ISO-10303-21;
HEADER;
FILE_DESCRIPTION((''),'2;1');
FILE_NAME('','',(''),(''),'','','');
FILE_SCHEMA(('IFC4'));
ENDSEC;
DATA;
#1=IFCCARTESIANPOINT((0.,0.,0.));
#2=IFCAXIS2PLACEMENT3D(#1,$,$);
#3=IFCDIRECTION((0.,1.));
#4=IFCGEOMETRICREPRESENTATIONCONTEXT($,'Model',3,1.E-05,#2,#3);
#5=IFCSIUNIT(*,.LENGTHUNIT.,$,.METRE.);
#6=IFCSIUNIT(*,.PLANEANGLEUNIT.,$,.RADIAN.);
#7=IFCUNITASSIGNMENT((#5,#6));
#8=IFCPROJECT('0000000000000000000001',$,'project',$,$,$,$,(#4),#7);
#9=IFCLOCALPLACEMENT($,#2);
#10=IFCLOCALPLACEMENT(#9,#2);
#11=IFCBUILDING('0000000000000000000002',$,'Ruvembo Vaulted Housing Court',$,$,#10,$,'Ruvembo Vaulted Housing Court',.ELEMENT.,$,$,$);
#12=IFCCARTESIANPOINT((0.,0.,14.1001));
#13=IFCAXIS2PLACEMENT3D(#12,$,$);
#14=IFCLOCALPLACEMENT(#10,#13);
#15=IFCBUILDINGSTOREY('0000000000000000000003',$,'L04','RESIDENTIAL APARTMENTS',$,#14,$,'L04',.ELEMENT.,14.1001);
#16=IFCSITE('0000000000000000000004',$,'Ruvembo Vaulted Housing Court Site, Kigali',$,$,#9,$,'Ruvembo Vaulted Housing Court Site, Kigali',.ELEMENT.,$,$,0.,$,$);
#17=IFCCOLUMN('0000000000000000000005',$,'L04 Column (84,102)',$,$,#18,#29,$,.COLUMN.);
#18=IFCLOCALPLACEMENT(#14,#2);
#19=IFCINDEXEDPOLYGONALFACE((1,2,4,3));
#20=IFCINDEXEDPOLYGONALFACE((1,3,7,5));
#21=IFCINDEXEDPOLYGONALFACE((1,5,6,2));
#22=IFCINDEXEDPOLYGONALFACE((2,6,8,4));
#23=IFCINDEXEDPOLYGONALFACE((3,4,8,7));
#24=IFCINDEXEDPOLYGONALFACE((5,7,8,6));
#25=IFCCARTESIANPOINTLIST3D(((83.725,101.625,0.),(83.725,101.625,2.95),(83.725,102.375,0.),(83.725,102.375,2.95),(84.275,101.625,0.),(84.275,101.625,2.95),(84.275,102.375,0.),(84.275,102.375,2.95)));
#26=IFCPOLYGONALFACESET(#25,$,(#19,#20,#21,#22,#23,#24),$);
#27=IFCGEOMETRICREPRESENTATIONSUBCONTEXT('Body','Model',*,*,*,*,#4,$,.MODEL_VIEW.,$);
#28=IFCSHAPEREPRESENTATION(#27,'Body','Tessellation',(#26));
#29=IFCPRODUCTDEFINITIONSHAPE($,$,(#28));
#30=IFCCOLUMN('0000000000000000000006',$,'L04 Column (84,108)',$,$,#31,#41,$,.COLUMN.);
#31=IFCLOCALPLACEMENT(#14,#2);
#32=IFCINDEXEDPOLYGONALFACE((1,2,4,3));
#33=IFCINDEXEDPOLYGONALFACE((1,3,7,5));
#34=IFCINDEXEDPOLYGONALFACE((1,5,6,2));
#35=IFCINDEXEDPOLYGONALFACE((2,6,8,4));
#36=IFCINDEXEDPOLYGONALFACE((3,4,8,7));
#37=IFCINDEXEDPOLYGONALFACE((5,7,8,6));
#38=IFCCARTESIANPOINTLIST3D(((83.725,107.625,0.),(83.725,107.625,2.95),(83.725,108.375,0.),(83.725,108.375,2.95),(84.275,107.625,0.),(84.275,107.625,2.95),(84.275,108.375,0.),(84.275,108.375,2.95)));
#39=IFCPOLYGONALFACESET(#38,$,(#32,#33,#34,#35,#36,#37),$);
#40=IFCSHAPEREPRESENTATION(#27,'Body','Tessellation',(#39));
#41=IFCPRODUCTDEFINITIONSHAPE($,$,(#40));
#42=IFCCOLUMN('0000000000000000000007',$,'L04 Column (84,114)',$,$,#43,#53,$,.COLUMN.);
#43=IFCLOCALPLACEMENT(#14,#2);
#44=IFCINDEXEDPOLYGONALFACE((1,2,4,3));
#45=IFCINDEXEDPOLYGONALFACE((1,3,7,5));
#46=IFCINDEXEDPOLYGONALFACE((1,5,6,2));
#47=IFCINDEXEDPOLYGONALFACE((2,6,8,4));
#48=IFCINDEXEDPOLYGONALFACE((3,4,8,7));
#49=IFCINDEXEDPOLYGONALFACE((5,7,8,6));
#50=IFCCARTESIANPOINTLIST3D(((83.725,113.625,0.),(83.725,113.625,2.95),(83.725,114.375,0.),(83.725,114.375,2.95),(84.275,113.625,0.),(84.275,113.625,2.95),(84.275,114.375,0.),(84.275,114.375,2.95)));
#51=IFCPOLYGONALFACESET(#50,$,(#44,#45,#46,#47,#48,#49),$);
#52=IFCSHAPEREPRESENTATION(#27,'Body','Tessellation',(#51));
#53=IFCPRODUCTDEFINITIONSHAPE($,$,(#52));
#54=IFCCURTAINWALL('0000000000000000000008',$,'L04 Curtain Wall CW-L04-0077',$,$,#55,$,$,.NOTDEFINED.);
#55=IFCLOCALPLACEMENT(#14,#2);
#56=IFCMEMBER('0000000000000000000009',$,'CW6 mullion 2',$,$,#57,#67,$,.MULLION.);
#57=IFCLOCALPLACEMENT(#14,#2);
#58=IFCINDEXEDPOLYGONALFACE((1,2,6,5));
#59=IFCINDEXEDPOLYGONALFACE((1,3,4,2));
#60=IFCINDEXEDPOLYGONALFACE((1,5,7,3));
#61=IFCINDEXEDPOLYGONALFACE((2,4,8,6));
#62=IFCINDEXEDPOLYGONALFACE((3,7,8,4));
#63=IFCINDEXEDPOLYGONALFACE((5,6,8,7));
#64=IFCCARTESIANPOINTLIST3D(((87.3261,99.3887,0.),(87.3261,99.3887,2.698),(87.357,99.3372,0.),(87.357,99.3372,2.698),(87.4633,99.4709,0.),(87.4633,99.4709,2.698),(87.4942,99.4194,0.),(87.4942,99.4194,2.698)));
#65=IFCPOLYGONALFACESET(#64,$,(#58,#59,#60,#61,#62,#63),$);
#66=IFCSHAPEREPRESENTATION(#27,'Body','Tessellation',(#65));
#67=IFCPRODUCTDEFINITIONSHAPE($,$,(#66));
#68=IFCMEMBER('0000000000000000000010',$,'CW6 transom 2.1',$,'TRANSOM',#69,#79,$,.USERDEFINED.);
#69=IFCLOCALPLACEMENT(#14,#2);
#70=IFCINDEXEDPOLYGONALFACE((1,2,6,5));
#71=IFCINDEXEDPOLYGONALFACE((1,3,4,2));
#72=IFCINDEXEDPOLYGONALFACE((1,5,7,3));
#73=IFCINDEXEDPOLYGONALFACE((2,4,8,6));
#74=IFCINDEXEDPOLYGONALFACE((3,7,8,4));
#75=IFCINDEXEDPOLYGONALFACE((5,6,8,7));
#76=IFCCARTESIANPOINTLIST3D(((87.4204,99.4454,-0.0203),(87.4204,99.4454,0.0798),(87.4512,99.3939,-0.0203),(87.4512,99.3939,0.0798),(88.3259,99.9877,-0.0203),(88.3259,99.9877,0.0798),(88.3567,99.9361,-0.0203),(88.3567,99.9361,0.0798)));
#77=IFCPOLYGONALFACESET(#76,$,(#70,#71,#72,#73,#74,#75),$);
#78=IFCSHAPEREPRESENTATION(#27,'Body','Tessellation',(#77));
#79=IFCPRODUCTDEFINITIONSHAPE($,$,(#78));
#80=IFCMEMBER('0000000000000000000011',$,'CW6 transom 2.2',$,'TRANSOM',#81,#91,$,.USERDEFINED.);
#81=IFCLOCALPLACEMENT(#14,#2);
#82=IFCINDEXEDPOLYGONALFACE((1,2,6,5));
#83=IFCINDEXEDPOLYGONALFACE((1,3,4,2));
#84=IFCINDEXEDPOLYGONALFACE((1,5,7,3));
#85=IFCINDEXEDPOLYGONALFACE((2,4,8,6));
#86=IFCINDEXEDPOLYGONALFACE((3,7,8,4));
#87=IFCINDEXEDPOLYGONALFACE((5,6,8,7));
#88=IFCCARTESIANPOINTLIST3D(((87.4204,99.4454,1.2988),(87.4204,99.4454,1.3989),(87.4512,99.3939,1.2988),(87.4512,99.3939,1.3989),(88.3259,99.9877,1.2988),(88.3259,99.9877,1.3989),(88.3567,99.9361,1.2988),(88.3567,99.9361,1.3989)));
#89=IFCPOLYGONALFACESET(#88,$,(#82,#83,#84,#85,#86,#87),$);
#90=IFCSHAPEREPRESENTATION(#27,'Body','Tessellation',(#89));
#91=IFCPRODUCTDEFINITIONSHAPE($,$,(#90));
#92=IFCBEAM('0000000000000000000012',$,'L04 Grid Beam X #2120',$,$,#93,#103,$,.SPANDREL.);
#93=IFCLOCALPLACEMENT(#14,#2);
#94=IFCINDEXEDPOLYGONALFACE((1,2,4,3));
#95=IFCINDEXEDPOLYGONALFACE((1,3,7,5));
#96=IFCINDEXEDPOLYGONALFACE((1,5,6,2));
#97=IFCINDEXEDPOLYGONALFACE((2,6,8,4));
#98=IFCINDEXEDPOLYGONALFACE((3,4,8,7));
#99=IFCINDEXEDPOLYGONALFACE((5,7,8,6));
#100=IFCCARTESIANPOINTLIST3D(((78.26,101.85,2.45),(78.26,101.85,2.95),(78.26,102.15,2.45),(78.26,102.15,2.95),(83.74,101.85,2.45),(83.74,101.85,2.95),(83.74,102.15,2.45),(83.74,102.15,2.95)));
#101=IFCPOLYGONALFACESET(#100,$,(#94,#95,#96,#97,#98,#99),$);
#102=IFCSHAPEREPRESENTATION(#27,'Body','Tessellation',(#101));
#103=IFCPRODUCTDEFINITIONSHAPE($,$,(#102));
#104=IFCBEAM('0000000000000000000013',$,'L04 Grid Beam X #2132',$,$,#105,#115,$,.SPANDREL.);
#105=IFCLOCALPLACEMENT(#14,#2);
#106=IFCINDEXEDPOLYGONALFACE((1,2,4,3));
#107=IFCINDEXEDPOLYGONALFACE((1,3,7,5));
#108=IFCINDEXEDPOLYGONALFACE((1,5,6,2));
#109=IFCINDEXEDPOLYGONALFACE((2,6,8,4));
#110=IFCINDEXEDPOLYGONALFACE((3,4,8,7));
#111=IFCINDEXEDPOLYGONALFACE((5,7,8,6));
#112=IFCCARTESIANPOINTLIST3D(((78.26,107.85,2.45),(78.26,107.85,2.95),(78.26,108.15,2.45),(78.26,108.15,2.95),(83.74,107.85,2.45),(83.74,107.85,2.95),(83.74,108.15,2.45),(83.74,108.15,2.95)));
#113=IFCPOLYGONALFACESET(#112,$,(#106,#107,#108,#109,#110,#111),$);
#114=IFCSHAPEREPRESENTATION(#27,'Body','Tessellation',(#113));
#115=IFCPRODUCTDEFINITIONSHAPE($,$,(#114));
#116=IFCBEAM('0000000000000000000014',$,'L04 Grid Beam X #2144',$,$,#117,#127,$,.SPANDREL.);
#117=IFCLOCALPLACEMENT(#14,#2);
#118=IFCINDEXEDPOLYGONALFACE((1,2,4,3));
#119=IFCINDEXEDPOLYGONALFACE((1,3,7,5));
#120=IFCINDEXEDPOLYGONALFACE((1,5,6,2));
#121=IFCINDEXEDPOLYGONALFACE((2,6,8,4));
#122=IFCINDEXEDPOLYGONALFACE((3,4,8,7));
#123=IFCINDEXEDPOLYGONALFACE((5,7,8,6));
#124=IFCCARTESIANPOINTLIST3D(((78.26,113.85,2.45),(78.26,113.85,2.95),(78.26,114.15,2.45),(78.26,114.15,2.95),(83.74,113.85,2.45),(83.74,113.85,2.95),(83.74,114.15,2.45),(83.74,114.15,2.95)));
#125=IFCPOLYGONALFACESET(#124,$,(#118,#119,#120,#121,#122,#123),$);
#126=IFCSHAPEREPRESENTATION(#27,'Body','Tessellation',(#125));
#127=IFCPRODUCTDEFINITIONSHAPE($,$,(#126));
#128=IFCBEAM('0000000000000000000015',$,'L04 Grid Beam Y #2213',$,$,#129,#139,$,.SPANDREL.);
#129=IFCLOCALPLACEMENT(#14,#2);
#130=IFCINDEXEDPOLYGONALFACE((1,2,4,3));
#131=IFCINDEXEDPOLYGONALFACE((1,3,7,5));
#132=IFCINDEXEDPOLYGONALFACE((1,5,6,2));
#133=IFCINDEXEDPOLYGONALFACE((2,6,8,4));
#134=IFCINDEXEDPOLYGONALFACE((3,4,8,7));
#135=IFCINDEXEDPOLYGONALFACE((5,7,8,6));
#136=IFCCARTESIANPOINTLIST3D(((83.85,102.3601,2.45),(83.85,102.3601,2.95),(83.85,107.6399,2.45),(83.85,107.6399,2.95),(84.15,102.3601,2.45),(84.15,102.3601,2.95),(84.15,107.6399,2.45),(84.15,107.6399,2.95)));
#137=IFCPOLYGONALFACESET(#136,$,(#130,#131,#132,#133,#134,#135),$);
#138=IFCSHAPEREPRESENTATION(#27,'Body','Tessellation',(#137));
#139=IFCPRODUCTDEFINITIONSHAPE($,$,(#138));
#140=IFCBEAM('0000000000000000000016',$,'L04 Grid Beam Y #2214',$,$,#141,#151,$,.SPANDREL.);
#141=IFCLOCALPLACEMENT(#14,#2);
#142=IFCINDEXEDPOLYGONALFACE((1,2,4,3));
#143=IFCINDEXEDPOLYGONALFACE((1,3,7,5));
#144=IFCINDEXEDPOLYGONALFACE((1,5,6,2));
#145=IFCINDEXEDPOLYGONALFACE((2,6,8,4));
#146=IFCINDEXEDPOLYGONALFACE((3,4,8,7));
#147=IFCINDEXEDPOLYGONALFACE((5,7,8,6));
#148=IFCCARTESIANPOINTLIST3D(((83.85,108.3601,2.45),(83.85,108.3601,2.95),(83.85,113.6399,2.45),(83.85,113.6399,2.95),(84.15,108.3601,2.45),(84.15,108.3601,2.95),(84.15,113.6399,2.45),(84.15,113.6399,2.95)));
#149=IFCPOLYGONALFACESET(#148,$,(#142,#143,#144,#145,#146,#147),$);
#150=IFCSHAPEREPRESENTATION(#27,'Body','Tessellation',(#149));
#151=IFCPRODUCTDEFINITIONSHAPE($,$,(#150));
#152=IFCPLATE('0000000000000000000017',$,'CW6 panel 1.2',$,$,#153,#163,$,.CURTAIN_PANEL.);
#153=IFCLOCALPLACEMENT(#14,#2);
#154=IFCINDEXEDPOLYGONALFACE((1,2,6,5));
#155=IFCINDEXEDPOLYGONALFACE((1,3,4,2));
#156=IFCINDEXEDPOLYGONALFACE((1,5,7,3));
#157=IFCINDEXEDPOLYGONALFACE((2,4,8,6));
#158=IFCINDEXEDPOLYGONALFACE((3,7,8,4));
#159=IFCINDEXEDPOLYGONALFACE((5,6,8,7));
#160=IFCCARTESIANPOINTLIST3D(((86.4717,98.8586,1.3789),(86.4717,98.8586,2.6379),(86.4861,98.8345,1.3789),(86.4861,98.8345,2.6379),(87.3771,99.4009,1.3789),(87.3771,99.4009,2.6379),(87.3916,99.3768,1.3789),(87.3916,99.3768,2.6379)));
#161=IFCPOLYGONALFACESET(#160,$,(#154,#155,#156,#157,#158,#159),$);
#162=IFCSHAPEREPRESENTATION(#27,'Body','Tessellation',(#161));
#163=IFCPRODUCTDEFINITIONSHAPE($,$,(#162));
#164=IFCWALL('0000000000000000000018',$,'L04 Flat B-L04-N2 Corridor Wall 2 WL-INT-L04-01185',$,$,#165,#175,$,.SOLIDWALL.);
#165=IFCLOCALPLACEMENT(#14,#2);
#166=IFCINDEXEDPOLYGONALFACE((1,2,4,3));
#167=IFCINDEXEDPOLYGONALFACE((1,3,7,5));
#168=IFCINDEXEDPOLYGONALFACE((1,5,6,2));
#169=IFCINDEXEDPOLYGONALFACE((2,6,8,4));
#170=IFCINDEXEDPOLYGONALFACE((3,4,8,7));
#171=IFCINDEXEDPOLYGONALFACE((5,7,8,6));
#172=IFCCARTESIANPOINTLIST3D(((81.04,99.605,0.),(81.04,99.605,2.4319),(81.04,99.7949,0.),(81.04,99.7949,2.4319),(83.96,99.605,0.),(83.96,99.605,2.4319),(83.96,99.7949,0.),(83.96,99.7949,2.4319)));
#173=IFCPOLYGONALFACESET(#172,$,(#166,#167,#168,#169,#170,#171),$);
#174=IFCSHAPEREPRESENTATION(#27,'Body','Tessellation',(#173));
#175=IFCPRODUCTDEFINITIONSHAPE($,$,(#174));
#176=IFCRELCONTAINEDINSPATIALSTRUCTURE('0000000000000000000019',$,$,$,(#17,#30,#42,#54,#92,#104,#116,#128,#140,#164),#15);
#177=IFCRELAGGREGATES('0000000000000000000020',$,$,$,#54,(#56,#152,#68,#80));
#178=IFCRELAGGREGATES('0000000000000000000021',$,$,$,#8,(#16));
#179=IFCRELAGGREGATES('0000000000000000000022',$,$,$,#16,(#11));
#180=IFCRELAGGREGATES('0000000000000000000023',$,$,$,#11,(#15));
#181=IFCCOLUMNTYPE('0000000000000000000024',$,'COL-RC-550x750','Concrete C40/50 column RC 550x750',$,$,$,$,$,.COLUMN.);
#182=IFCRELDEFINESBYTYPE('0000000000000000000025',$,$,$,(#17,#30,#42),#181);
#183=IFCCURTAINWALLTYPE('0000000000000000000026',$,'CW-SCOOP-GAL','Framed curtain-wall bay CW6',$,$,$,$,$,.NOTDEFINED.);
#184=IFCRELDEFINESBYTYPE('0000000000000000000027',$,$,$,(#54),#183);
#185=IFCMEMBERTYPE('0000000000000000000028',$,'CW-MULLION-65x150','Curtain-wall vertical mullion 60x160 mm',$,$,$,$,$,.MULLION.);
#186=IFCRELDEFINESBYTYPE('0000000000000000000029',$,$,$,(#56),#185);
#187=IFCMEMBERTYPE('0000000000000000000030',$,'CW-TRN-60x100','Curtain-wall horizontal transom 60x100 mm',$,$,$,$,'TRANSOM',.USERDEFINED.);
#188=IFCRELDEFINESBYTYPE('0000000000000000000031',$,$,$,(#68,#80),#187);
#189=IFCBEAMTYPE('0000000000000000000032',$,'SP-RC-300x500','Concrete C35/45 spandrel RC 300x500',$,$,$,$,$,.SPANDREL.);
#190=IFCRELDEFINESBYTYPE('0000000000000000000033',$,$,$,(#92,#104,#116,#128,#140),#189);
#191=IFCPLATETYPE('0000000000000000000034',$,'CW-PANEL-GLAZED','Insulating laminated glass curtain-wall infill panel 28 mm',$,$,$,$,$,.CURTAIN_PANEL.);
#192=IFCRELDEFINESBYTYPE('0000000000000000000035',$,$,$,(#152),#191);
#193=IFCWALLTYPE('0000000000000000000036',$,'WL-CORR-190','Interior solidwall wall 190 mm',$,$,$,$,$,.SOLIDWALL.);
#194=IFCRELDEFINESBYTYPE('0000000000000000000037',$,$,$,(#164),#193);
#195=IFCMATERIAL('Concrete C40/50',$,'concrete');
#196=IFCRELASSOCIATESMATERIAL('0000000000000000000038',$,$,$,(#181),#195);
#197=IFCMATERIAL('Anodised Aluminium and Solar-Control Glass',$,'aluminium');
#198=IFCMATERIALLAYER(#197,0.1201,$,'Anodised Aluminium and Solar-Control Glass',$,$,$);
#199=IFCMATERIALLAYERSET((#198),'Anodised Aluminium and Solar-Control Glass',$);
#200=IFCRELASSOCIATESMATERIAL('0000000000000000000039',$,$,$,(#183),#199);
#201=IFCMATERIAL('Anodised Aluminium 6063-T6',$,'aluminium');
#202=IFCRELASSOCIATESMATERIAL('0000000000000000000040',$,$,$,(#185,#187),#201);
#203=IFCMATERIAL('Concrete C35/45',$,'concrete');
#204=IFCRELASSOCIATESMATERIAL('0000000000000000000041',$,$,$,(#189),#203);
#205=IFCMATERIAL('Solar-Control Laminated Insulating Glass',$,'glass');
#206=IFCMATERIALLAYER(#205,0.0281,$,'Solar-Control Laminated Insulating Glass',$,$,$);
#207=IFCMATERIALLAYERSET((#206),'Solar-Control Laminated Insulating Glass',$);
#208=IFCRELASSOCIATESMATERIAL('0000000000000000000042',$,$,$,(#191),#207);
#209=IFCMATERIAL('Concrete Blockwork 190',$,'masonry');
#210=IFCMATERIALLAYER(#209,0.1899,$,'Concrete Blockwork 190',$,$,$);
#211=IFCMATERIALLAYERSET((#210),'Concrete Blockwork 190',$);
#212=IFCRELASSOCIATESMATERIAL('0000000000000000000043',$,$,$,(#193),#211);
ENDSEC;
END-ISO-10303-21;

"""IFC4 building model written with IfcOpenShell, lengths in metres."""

from ifc_helpers import new_model, si_unit, direction, frame, frame_2d, origin, origin_2d, place, context, subcontext, project, spatial, rectangle, extrude, material, layer, layer_set, material_profile, profile_set, type_object, element, aggregate, save


model = new_model("IFC4")

# Units and contexts
model_context = context("Model", 3, precision=1e-05, world=origin(), true_north=direction((0.0, 1.0)))
body_context = subcontext(model_context, "Body", "Model", "MODEL_VIEW")
ifc_project = project(units=[si_unit("LENGTHUNIT", "METRE"), si_unit("PLANEANGLEUNIT", "RADIAN")], contexts=[model_context])

# Site, building, storey
site_placement = place(None, origin())
site = spatial("IfcSite", under=ifc_project, at=site_placement, Name="Ruvembo Vaulted Housing Court Site, Kigali", LongName="Ruvembo Vaulted Housing Court Site, Kigali", CompositionType="ELEMENT", RefElevation=0.0)
building_placement = place(site_placement, origin())
building = spatial("IfcBuilding", under=site, at=building_placement, Name="Ruvembo Vaulted Housing Court", LongName="Ruvembo Vaulted Housing Court", CompositionType="ELEMENT")
storey_placement = place(building_placement, frame((0.0, 0.0, 14.1001)))
storey = spatial("IfcBuildingStorey", under=building, at=storey_placement, Name="L04", Description="RESIDENTIAL APARTMENTS", LongName="L04", CompositionType="ELEMENT", Elevation=14.1001)

# Columns
ifc_material_1 = material(Name="Concrete C40/50", Category="concrete")
ifc_material_profile_1 = material_profile(ifc_material_1, rectangle(XDim=0.55, YDim=0.75, at=origin_2d()), Name="RC 550x750")
ifc_profile_set_1 = profile_set([ifc_material_profile_1], Name="Concrete C40/50")
column_type = type_object("IfcColumnType", Name="COL-RC-550x750", Description="Concrete C40/50 column RC 550x750", PredefinedType="COLUMN", material=ifc_profile_set_1)
for number, where, z_axis, x_axis, name in (
    (1, (84.0, 102.0, 0.0), (0.0, 0.0, 1.0), (1.0, 0.0, 0.0), "L04 Column (84,102)"),
    (2, (84.0, 108.0, 0.0), (0.0, 0.0, 1.0), (1.0, 0.0, 0.0), "L04 Column (84,108)"),
    (3, (84.0, 114.0, 0.0), (0.0, 0.0, 1.0), (1.0, 0.0, 0.0), "L04 Column (84,114)"),
):
    element("IfcColumn", number, at=place(storey_placement, frame(where, z_axis=z_axis, x_axis=x_axis)), inside=storey, type_object=column_type, Name=name, PredefinedType="COLUMN", context=body_context, shape_type="SweptSolid", body=[
        extrude(rectangle(XDim=0.55, YDim=0.75, at=origin_2d()), origin(), (0.0, 0.0, 1.0), 2.95),
    ])

# Curtain wall, members
ifc_material_2 = material(Name="Anodised Aluminium and Solar-Control Glass", Category="aluminium")
ifc_layer_1 = layer(ifc_material_2, 0.1201, Name="Anodised Aluminium and Solar-Control Glass")
ifc_layer_set_1 = layer_set([ifc_layer_1], Name="Anodised Aluminium and Solar-Control Glass")
curtain_wall_type = type_object("IfcCurtainWallType", Name="CW-SCOOP-GAL", Description="Framed curtain-wall bay CW6", PredefinedType="NOTDEFINED", material=ifc_layer_set_1)
curtain_wall_placement = place(storey_placement, origin())
curtain_wall = element("IfcCurtainWall", 4, at=curtain_wall_placement, inside=storey, type_object=curtain_wall_type, Name="L04 Curtain Wall CW-L04-0077", PredefinedType="NOTDEFINED")
ifc_material_3 = material(Name="Anodised Aluminium 6063-T6", Category="aluminium")
ifc_material_profile_2 = material_profile(ifc_material_3, rectangle(XDim=0.0601, YDim=0.1599, at=origin_2d()), Name="ALU 60x160")
ifc_profile_set_2 = profile_set([ifc_material_profile_2], Name="Anodised Aluminium 6063-T6")
member_type_1 = type_object("IfcMemberType", Name="CW-MULLION-65x150", Description="Curtain-wall vertical mullion 60x160 mm", PredefinedType="MULLION", material=ifc_profile_set_2)
member_1_placement = place(storey_placement, frame((87.4102, 99.4041, 0.0), z_axis=(0.0, 0.0, 1.0), x_axis=(-0.513828, 0.857893, 0.0)))
member_1 = element("IfcMember", 5, at=member_1_placement, type_object=member_type_1, Name="CW6 mullion 2", PredefinedType="MULLION", context=body_context, shape_type="SweptSolid", body=[
    extrude(rectangle(XDim=0.0601, YDim=0.1599, at=origin_2d()), origin(), (0.0, 0.0, 1.0), 2.698),
])
ifc_material_profile_3 = material_profile(ifc_material_3, rectangle(XDim=0.0601, YDim=0.1001, at=origin_2d()), Name="ALU 60x100")
ifc_profile_set_3 = profile_set([ifc_material_profile_3], Name="Anodised Aluminium 6063-T6")
member_type_2 = type_object("IfcMemberType", Name="CW-TRN-60x100", Description="Curtain-wall horizontal transom 60x100 mm", ElementType="TRANSOM", PredefinedType="USERDEFINED", material=ifc_profile_set_3)
member_2_placement = place(storey_placement, frame((87.4358, 99.4197, 0.0298), z_axis=(0.857942, 0.513747, 0.0), x_axis=(-0.513747, 0.857942, 0.0)))
member_2 = element("IfcMember", 6, at=member_2_placement, type_object=member_type_2, Name="CW6 transom 2.1", ObjectType="TRANSOM", PredefinedType="USERDEFINED", context=body_context, shape_type="SweptSolid", body=[
    extrude(rectangle(XDim=0.0601, YDim=0.1001, at=origin_2d()), origin(), (0.0, 0.0, 1.0), 1.0554),
])
member_3_placement = place(storey_placement, frame((87.4358, 99.4197, 1.3489), z_axis=(0.857942, 0.513747, 0.0), x_axis=(-0.513747, 0.857942, 0.0)))
member_3 = element("IfcMember", 7, at=member_3_placement, type_object=member_type_2, Name="CW6 transom 2.2", ObjectType="TRANSOM", PredefinedType="USERDEFINED", context=body_context, shape_type="SweptSolid", body=[
    extrude(rectangle(XDim=0.0601, YDim=0.1001, at=origin_2d()), origin(), (0.0, 0.0, 1.0), 1.0554),
])

# Beams
ifc_material_4 = material(Name="Concrete C35/45", Category="concrete")
ifc_material_profile_4 = material_profile(ifc_material_4, rectangle(XDim=0.3, YDim=0.5, at=origin_2d()), Name="RC 300x500")
ifc_profile_set_4 = profile_set([ifc_material_profile_4], Name="Concrete C35/45")
beam_type = type_object("IfcBeamType", Name="SP-RC-300x500", Description="Concrete C35/45 spandrel RC 300x500", PredefinedType="SPANDREL", material=ifc_profile_set_4)
for number, where, z_axis, x_axis, name in (
    (8, (78.26, 102.0, 2.7), (1.0, 0.0, 0.0), (0.0, 1.0, 0.0), "L04 Grid Beam X #2120"),
    (9, (78.26, 108.0, 2.7), (1.0, 0.0, 0.0), (0.0, 1.0, 0.0), "L04 Grid Beam X #2132"),
    (10, (78.26, 114.0, 2.7), (1.0, 0.0, 0.0), (0.0, 1.0, 0.0), "L04 Grid Beam X #2144"),
):
    element("IfcBeam", number, at=place(storey_placement, frame(where, z_axis=z_axis, x_axis=x_axis)), inside=storey, type_object=beam_type, Name=name, PredefinedType="SPANDREL", context=body_context, shape_type="SweptSolid", body=[
        extrude(rectangle(XDim=0.3, YDim=0.5, at=origin_2d()), origin(), (0.0, 0.0, 1.0), 5.48),
    ])
for number, where, z_axis, x_axis, name in (
    (11, (84.0, 102.3601, 2.7), (0.0, 1.0, 0.0), (-1.0, 0.0, 0.0), "L04 Grid Beam Y #2213"),
    (12, (84.0, 108.3601, 2.7), (0.0, 1.0, 0.0), (-1.0, 0.0, 0.0), "L04 Grid Beam Y #2214"),
):
    element("IfcBeam", number, at=place(storey_placement, frame(where, z_axis=z_axis, x_axis=x_axis)), inside=storey, type_object=beam_type, Name=name, PredefinedType="SPANDREL", context=body_context, shape_type="SweptSolid", body=[
        extrude(rectangle(XDim=0.3, YDim=0.5, at=origin_2d()), origin(), (0.0, 0.0, 1.0), 5.2798),
    ])

# Plate
ifc_material_5 = material(Name="Solar-Control Laminated Insulating Glass", Category="glass")
ifc_layer_2 = layer(ifc_material_5, 0.0281, Name="Solar-Control Laminated Insulating Glass")
ifc_layer_set_2 = layer_set([ifc_layer_2], Name="Solar-Control Laminated Insulating Glass")
plate_type = type_object("IfcPlateType", Name="CW-PANEL-GLAZED", Description="Insulating laminated glass curtain-wall infill panel 28 mm", PredefinedType="CURTAIN_PANEL", material=ifc_layer_set_2)
plate_placement = place(storey_placement, frame((86.9316, 99.1177, 1.3789), z_axis=(0.0, 0.0, 1.0), x_axis=(0.857893, 0.513828, 0.0)))
plate = element("IfcPlate", 13, at=plate_placement, type_object=plate_type, Name="CW6 panel 1.2", PredefinedType="CURTAIN_PANEL", context=body_context, shape_type="SweptSolid", body=[
    extrude(rectangle(XDim=1.0554, YDim=0.0281, at=origin_2d()), origin(), (0.0, 0.0, 1.0), 1.259),
])
aggregate(curtain_wall, [member_1, plate, member_2, member_3])

# Wall
ifc_material_6 = material(Name="Concrete Blockwork 190", Category="masonry")
ifc_layer_3 = layer(ifc_material_6, 0.1899, Name="Concrete Blockwork 190")
ifc_layer_set_3 = layer_set([ifc_layer_3], Name="Concrete Blockwork 190")
wall_type_1 = type_object("IfcWallType", Name="WL-CORR-190", Description="Interior solidwall wall 190 mm", PredefinedType="SOLIDWALL", material=ifc_layer_set_3)
wall_1_placement = place(storey_placement, frame((81.04, 99.7, 0.0), z_axis=(0.0, 0.0, 1.0), x_axis=(1.0, 0.0, 0.0)))
element("IfcWall", 14, at=wall_1_placement, inside=storey, type_object=wall_type_1, Name="L04 Flat B-L04-N2 Corridor Wall 2 WL-INT-L04-01185", PredefinedType="SOLIDWALL", context=body_context, shape_type="SweptSolid", body=[
    extrude(rectangle(XDim=2.9199, YDim=0.1899, at=frame_2d((1.46, 0.0))), origin(), (0.0, 0.0, 1.0), 2.4319),
])

save(model, "model.ifc")
